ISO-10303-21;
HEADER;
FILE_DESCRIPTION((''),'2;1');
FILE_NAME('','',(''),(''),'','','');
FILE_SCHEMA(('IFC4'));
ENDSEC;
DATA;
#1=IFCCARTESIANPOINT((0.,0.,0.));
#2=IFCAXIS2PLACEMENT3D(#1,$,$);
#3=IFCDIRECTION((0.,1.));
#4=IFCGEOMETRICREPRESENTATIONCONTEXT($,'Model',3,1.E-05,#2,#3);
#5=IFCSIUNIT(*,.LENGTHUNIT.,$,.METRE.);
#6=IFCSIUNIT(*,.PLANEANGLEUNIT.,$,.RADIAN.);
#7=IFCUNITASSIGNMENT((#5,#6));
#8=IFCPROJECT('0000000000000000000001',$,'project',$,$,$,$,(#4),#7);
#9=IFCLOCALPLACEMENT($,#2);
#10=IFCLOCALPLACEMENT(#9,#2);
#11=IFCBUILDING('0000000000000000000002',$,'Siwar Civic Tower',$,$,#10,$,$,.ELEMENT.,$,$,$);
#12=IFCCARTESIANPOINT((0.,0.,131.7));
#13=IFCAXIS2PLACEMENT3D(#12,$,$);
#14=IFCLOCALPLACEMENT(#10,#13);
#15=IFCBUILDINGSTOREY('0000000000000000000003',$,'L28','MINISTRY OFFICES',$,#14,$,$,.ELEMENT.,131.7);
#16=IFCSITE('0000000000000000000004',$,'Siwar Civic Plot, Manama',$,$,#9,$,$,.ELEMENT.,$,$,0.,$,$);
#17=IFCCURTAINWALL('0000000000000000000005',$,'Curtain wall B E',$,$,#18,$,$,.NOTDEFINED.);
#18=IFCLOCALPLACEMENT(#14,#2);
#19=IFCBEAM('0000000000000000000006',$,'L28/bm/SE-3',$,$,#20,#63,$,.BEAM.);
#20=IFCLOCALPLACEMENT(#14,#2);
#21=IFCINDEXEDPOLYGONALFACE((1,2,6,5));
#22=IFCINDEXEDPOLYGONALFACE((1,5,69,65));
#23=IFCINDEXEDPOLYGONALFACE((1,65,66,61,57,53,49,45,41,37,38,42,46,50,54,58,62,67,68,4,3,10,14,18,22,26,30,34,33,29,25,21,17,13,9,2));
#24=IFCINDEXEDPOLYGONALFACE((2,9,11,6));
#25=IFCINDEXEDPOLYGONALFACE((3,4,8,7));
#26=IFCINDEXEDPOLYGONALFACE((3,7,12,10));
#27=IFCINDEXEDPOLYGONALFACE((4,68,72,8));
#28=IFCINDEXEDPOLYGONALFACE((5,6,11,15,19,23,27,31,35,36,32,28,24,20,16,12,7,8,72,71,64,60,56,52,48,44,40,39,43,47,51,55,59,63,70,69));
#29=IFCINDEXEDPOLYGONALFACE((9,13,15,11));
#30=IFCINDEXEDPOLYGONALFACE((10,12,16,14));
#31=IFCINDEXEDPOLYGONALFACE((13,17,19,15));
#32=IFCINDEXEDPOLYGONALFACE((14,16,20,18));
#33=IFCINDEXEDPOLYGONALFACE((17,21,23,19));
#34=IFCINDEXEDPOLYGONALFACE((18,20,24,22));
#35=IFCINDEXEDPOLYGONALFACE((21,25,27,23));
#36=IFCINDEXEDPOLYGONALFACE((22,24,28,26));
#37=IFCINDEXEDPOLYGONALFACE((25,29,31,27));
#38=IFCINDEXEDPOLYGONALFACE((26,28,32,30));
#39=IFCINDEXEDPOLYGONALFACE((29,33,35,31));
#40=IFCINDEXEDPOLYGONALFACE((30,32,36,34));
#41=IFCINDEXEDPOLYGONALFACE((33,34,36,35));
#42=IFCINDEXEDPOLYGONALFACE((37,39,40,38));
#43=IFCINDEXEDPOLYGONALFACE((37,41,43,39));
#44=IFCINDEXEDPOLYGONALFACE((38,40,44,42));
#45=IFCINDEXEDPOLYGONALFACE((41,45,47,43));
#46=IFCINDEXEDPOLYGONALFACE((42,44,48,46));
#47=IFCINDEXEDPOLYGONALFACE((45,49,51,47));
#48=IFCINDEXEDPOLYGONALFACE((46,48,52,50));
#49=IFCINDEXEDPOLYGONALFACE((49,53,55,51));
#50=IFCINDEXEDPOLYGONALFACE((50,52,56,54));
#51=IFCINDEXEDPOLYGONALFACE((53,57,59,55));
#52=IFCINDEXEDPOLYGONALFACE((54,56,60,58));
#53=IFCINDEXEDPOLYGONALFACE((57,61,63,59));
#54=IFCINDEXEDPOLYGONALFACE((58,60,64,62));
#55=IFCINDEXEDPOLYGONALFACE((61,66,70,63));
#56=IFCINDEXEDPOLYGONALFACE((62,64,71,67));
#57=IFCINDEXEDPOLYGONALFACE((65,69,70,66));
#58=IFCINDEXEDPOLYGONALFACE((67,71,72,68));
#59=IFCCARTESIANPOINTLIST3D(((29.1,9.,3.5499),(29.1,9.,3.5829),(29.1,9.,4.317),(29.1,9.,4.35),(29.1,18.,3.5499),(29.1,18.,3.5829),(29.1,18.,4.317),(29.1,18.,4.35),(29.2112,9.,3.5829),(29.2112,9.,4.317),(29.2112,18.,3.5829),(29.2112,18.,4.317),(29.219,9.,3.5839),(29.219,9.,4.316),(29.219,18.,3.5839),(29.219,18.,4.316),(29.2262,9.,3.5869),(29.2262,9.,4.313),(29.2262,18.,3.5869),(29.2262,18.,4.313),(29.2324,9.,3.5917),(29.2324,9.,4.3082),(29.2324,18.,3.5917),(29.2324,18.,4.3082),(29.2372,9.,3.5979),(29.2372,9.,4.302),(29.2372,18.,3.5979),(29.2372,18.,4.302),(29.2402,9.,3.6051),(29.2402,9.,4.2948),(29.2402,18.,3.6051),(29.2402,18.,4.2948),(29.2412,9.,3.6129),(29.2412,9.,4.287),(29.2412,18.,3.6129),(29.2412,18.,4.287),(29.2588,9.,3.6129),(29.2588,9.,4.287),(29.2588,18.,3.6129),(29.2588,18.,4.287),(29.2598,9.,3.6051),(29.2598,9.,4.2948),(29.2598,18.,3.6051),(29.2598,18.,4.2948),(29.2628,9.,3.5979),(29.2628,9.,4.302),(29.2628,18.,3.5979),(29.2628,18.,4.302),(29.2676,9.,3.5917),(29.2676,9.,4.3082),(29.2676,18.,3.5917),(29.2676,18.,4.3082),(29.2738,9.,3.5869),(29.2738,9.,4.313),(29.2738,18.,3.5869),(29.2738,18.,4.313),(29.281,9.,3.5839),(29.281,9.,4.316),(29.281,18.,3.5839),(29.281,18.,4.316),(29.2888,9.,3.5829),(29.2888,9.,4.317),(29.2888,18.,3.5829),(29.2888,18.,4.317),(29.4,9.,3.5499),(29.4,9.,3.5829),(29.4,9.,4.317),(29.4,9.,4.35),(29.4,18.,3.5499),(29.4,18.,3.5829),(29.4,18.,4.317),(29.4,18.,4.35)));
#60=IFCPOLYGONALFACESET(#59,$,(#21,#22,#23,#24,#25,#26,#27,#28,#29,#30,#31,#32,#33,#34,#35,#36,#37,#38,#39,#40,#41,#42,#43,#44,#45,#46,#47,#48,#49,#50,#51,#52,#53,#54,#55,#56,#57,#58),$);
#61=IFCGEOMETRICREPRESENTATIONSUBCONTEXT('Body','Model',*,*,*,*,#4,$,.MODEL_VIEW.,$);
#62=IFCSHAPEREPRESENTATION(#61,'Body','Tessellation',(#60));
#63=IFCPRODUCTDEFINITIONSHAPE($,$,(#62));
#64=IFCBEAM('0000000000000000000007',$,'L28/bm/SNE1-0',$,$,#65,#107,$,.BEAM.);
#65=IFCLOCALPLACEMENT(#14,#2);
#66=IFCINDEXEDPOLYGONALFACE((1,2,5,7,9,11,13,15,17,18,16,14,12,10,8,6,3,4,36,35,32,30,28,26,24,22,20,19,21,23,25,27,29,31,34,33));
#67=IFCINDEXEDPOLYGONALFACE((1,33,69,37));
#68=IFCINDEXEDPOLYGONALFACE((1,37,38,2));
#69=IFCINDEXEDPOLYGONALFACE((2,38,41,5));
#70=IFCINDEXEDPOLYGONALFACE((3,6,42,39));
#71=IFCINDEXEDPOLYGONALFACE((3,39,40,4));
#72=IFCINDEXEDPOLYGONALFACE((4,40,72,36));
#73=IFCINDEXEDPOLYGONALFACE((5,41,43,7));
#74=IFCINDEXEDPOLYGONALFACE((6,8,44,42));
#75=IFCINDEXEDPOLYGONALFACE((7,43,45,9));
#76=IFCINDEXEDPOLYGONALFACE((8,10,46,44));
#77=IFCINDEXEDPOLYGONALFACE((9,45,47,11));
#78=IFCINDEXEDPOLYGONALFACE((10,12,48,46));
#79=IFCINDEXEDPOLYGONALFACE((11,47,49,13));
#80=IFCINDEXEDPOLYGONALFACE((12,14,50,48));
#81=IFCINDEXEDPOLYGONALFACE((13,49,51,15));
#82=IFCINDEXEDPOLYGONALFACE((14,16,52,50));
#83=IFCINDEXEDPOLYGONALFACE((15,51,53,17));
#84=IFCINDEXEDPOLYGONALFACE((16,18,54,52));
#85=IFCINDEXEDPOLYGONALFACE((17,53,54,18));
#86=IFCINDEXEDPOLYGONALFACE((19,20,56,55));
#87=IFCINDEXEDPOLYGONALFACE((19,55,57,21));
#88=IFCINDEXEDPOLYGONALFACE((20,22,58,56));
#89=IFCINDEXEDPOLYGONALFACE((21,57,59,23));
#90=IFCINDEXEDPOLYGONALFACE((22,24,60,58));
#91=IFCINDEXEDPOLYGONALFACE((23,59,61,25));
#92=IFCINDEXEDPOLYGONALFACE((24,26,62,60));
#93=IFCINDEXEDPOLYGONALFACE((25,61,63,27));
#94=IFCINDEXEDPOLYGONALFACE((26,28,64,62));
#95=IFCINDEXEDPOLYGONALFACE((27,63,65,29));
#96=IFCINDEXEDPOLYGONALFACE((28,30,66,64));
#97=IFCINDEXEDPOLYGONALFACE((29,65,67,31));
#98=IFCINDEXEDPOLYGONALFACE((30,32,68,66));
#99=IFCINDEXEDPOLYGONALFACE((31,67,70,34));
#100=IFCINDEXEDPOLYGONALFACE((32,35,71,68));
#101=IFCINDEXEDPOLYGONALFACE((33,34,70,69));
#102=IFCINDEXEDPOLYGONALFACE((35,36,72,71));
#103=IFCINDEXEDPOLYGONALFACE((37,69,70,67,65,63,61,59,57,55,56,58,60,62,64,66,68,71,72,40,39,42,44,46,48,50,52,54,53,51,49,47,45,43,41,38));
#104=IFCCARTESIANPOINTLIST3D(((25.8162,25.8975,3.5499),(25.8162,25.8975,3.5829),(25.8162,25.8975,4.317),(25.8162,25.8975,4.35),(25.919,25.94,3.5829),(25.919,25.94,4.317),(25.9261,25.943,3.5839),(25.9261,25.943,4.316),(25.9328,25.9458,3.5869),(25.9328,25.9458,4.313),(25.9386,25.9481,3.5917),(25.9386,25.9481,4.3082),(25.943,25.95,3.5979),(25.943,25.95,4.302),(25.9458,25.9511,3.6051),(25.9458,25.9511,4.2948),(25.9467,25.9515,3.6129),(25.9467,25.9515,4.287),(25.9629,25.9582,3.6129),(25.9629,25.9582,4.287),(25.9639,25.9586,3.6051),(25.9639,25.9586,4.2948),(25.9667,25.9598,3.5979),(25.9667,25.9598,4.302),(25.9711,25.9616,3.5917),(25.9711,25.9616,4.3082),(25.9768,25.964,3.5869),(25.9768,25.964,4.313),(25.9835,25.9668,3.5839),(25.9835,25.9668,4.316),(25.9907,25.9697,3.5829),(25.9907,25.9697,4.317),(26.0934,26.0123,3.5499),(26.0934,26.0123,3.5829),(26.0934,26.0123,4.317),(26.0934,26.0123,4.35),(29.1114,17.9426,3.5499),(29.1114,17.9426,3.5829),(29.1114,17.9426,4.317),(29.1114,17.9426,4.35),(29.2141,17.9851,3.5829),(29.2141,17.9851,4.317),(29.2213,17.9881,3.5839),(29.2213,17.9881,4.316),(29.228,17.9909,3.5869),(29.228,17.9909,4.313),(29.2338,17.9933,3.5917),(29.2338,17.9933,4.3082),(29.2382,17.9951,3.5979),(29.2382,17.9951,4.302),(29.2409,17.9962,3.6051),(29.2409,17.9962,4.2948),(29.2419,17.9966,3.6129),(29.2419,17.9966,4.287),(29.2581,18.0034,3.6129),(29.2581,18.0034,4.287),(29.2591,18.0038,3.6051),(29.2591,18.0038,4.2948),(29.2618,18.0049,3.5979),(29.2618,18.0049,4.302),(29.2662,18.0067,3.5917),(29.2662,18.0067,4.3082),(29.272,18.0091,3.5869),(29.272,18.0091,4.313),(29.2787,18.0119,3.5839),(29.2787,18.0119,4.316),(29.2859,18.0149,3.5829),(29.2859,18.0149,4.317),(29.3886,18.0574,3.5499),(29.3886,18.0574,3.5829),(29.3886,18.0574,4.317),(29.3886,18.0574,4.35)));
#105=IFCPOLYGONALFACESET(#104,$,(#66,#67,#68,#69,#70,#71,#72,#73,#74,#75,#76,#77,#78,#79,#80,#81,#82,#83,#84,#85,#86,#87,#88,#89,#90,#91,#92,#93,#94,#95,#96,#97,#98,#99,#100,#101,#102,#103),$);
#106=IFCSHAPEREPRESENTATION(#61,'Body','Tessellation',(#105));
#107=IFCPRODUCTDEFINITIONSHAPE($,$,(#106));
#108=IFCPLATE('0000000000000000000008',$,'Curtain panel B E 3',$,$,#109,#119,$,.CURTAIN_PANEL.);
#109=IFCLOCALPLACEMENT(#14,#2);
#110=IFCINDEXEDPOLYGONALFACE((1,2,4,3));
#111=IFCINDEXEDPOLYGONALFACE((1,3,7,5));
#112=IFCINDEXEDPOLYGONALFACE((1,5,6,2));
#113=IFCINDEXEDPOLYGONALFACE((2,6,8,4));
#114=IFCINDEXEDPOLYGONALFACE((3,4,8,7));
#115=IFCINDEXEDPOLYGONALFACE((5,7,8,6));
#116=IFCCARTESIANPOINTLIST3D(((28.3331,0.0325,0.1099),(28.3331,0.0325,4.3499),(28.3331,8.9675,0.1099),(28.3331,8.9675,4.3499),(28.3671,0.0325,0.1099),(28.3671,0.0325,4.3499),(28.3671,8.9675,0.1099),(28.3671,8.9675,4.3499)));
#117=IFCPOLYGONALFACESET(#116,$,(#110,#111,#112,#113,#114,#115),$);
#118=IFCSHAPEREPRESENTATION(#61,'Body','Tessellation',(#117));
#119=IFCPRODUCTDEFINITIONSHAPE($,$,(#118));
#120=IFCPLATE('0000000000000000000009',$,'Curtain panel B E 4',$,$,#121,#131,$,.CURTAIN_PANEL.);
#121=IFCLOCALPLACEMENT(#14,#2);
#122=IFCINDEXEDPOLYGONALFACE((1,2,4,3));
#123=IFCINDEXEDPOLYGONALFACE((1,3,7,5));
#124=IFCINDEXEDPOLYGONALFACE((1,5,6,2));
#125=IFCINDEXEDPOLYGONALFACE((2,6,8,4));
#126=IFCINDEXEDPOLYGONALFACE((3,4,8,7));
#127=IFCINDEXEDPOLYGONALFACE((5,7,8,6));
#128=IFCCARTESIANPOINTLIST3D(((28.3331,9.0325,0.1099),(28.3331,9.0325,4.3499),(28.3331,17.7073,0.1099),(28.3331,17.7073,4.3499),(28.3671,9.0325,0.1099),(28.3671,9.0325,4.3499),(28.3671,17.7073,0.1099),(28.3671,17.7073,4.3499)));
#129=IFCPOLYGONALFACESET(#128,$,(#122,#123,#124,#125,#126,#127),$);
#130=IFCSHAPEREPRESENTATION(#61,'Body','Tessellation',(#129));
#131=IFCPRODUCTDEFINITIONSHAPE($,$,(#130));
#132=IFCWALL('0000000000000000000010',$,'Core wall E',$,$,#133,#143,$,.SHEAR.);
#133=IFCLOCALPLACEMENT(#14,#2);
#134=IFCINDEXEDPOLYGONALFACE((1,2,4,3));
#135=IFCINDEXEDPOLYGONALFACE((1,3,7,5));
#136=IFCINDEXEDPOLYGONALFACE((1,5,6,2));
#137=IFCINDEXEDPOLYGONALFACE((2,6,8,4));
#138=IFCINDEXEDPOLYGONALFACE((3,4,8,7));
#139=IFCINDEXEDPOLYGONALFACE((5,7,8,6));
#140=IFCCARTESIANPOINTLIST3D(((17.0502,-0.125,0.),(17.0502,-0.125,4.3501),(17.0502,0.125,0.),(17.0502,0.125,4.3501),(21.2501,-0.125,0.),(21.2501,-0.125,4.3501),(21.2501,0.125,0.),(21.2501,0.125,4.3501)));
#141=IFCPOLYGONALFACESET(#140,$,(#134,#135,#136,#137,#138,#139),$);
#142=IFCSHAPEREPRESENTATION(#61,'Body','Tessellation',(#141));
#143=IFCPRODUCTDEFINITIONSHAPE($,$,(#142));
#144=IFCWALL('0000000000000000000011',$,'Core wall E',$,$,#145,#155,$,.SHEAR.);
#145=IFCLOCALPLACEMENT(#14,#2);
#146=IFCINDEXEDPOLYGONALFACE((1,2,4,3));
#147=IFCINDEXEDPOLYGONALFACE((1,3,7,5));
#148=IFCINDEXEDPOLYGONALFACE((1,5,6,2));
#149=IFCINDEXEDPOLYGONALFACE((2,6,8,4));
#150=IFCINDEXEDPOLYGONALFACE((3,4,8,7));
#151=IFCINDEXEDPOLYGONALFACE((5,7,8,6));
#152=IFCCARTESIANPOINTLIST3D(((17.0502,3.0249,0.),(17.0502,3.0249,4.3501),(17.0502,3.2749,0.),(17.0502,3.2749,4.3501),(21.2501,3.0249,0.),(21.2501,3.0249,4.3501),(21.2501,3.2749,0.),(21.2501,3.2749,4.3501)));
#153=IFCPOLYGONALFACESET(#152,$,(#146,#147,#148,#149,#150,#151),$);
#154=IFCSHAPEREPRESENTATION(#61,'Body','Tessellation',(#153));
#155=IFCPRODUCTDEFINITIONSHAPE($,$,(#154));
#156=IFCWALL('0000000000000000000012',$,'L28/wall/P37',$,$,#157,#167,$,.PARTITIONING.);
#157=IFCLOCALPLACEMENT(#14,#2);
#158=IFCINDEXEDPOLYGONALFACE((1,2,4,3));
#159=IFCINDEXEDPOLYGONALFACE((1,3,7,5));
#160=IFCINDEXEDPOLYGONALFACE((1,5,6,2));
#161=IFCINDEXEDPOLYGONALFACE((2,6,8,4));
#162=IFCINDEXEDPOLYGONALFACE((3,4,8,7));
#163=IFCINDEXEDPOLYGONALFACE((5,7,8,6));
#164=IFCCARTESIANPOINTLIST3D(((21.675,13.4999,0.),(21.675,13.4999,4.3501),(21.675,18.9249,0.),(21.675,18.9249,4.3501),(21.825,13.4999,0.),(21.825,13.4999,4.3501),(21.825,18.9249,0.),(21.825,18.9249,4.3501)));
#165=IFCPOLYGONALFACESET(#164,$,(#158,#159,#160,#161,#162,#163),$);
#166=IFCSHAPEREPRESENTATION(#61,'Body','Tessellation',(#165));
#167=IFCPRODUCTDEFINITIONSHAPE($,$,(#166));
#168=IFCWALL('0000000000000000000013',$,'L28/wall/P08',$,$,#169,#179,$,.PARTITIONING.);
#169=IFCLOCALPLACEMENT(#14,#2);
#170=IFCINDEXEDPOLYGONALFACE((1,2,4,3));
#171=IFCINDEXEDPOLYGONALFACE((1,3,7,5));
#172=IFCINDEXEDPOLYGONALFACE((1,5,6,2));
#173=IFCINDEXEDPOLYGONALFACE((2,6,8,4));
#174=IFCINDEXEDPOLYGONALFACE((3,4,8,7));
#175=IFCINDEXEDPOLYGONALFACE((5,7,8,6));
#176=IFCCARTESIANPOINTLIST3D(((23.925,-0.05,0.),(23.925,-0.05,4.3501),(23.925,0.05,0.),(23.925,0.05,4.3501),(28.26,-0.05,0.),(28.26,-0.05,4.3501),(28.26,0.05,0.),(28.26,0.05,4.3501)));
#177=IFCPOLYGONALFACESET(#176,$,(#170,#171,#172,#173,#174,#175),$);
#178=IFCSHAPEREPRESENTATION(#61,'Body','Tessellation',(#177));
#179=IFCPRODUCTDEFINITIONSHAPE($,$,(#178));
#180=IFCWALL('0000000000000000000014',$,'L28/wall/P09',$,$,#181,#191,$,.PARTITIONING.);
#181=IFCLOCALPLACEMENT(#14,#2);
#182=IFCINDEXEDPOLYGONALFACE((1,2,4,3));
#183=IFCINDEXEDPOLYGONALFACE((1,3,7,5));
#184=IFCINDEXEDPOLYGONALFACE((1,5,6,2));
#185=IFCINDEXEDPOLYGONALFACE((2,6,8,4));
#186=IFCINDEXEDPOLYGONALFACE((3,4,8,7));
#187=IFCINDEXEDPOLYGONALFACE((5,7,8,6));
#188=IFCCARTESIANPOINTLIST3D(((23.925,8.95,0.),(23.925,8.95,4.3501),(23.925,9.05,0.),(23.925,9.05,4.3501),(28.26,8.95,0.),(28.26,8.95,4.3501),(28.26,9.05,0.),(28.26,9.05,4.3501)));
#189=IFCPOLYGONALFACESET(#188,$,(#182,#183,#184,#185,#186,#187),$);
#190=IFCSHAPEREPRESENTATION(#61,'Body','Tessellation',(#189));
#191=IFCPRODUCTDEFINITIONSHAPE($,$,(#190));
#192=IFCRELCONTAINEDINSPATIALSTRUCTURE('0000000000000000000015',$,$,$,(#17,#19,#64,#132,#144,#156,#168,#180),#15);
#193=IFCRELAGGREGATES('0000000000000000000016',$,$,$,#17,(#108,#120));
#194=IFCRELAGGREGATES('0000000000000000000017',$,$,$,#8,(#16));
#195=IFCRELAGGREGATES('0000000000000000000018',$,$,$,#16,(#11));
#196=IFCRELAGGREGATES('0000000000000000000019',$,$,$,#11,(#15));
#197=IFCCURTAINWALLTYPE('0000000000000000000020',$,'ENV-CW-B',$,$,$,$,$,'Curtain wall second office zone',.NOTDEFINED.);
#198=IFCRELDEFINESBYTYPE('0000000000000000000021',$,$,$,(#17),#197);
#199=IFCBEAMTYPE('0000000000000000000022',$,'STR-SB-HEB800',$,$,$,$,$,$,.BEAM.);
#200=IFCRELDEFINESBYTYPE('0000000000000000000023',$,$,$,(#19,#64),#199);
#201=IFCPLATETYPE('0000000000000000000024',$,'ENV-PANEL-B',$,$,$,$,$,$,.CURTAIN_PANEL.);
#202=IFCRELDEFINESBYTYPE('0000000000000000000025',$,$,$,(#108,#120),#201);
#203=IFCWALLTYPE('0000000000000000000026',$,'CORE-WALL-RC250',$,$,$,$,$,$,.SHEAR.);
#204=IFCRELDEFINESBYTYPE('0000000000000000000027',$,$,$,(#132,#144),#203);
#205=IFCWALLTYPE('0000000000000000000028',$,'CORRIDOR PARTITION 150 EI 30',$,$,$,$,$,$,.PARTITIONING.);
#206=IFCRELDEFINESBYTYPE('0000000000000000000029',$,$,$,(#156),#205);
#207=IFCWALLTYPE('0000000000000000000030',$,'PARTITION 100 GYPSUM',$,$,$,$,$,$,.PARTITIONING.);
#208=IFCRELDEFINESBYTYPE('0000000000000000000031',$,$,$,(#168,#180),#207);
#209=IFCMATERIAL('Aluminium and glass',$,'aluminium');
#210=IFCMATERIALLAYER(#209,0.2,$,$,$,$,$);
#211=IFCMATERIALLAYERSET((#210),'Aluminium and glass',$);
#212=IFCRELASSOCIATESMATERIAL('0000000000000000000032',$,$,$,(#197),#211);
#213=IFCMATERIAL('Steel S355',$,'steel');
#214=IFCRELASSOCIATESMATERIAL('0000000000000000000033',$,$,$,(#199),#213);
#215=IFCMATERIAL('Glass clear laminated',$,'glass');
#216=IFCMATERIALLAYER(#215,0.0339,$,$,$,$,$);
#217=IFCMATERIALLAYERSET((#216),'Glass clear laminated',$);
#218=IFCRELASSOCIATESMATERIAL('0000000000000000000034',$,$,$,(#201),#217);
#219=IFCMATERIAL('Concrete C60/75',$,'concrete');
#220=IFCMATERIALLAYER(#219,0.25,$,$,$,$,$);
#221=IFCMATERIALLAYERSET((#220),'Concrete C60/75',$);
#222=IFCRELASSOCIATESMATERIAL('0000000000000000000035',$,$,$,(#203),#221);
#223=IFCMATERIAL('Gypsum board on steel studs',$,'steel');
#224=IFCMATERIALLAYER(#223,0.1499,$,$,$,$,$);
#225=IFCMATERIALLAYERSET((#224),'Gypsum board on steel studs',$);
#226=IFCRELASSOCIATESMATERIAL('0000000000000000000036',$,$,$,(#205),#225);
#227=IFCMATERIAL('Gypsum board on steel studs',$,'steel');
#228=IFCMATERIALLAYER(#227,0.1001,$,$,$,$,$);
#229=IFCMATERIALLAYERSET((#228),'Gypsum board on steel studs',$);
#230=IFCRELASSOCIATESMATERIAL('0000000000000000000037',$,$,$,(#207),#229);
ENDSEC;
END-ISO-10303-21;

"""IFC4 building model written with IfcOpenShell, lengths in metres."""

from ifc_helpers import new_model, si_unit, direction, frame, frame_2d, origin, origin_2d, place, context, subcontext, project, spatial, rectangle, i_section, extrude, material, layer, layer_set, material_profile, profile_set, type_object, element, aggregate, save


model = new_model("IFC4")

# Units and contexts
model_context = context("Model", 3, precision=1e-05, world=origin(), true_north=direction((0.0, 1.0)))
body_context = subcontext(model_context, "Body", "Model", "MODEL_VIEW")
ifc_project = project(units=[si_unit("LENGTHUNIT", "METRE"), si_unit("PLANEANGLEUNIT", "RADIAN")], contexts=[model_context])

# Site, building, storey
site_placement = place(None, origin())
site = spatial("IfcSite", under=ifc_project, at=site_placement, Name="Siwar Civic Plot, Manama", CompositionType="ELEMENT", RefElevation=0.0)
building_placement = place(site_placement, origin())
building = spatial("IfcBuilding", under=site, at=building_placement, Name="Siwar Civic Tower", CompositionType="ELEMENT")
storey_placement = place(building_placement, frame((0.0, 0.0, 131.7)))
storey = spatial("IfcBuildingStorey", under=building, at=storey_placement, Name="L28", Description="MINISTRY OFFICES", CompositionType="ELEMENT", Elevation=131.7)

# Curtain wall
ifc_material_1 = material(Name="Aluminium and glass", Category="aluminium")
ifc_layer_1 = layer(ifc_material_1, 0.2)
ifc_layer_set_1 = layer_set([ifc_layer_1], Name="Aluminium and glass")
curtain_wall_type_1 = type_object("IfcCurtainWallType", Name="ENV-CW-B", ElementType="Curtain wall second office zone", PredefinedType="NOTDEFINED", material=ifc_layer_set_1)
curtain_wall_1_placement = place(storey_placement, origin())
curtain_wall_1 = element("IfcCurtainWall", 1, at=curtain_wall_1_placement, inside=storey, type_object=curtain_wall_type_1, Name="Curtain wall B E", PredefinedType="NOTDEFINED")

# Beams
ifc_material_2 = material(Name="Steel S355", Category="steel")
ifc_material_profile_1 = material_profile(ifc_material_2, i_section(OverallWidth=0.3, OverallDepth=0.8, WebThickness=0.0176, FlangeThickness=0.033, FilletRadius=0.03, at=origin_2d()), Name="HEB800")
ifc_profile_set_1 = profile_set([ifc_material_profile_1], Name="Steel S355")
beam_type_1 = type_object("IfcBeamType", Name="STR-SB-HEB800", PredefinedType="BEAM", material=ifc_profile_set_1)
beam_1_placement = place(storey_placement, frame((29.25, 9.0, 3.95), z_axis=(0.0, 1.0, 0.0), x_axis=(-1.0, 0.0, 0.0)))
element("IfcBeam", 2, at=beam_1_placement, inside=storey, type_object=beam_type_1, Name="L28/bm/SE-3", PredefinedType="BEAM", context=body_context, shape_type="SweptSolid", body=[
    extrude(i_section(OverallWidth=0.3, OverallDepth=0.8, WebThickness=0.0176, FlangeThickness=0.033, FilletRadius=0.03, at=origin_2d()), origin(), (0.0, 0.0, 1.0), 9.0),
])
beam_2_placement = place(storey_placement, frame((29.25, 18.0, 3.95), z_axis=(-0.3827, 0.923873, 0.0), x_axis=(-0.923873, -0.3827, 0.0)))
element("IfcBeam", 3, at=beam_2_placement, inside=storey, type_object=beam_type_1, Name="L28/bm/SNE1-0", PredefinedType="BEAM", context=body_context, shape_type="SweptSolid", body=[
    extrude(i_section(OverallWidth=0.3, OverallDepth=0.8, WebThickness=0.0176, FlangeThickness=0.033, FilletRadius=0.03, at=origin_2d()), origin(), (0.0, 0.0, 1.0), 8.6104),
])

# Plates
ifc_material_3 = material(Name="Glass clear laminated", Category="glass")
ifc_layer_2 = layer(ifc_material_3, 0.0339)
ifc_layer_set_2 = layer_set([ifc_layer_2], Name="Glass clear laminated")
plate_type = type_object("IfcPlateType", Name="ENV-PANEL-B", PredefinedType="CURTAIN_PANEL", material=ifc_layer_set_2)
plate_1_placement = place(storey_placement, frame((28.3501, 4.5, 0.1099), z_axis=(0.0, 0.0, 1.0), x_axis=(0.0, 1.0, 0.0)))
plate_1 = element("IfcPlate", 4, at=plate_1_placement, type_object=plate_type, Name="Curtain panel B E 3", PredefinedType="CURTAIN_PANEL", context=body_context, shape_type="SweptSolid", body=[
    extrude(rectangle(XDim=8.9351, YDim=0.0339, at=origin_2d()), origin(), (0.0, 0.0, 1.0), 4.24),
])
plate_2_placement = place(storey_placement, frame((28.3501, 13.3699, 0.1099), z_axis=(0.0, 0.0, 1.0), x_axis=(0.0, 1.0, 0.0)))
plate_2 = element("IfcPlate", 5, at=plate_2_placement, type_object=plate_type, Name="Curtain panel B E 4", PredefinedType="CURTAIN_PANEL", context=body_context, shape_type="SweptSolid", body=[
    extrude(rectangle(XDim=8.6748, YDim=0.0339, at=origin_2d()), origin(), (0.0, 0.0, 1.0), 4.24),
])
aggregate(curtain_wall_1, [plate_1, plate_2])

# Walls
ifc_material_4 = material(Name="Concrete C60/75", Category="concrete")
ifc_layer_3 = layer(ifc_material_4, 0.25)
ifc_layer_set_3 = layer_set([ifc_layer_3], Name="Concrete C60/75")
wall_type_1 = type_object("IfcWallType", Name="CORE-WALL-RC250", PredefinedType="SHEAR", material=ifc_layer_set_3)
for number, where, z_axis, x_axis, name in (
    (6, (17.05, 0.0, 0.0), (0.0, 0.0, 1.0), (1.0, 0.0, 0.0), "Core wall E"),
    (7, (17.05, 3.1499, 0.0), (0.0, 0.0, 1.0), (1.0, 0.0, 0.0), "Core wall E"),
):
    element("IfcWall", number, at=place(storey_placement, frame(where, z_axis=z_axis, x_axis=x_axis)), inside=storey, type_object=wall_type_1, Name=name, PredefinedType="SHEAR", context=body_context, shape_type="SweptSolid", body=[
        extrude(rectangle(XDim=4.2, YDim=0.25, at=frame_2d((2.1001, 0.0))), origin(), (0.0, 0.0, 1.0), 4.3501),
    ])
ifc_material_5 = material(Name="Gypsum board on steel studs", Category="steel")
ifc_layer_4 = layer(ifc_material_5, 0.1499)
ifc_layer_set_4 = layer_set([ifc_layer_4], Name="Gypsum board on steel studs")
wall_type_2 = type_object("IfcWallType", Name="CORRIDOR PARTITION 150 EI 30", PredefinedType="PARTITIONING", material=ifc_layer_set_4)
wall_placement = place(storey_placement, frame((21.75, 13.5, 0.0), z_axis=(0.0, 0.0, 1.0), x_axis=(0.0, 1.0, 0.0)))
element("IfcWall", 8, at=wall_placement, inside=storey, type_object=wall_type_2, Name="L28/wall/P37", PredefinedType="PARTITIONING", context=body_context, shape_type="SweptSolid", body=[
    extrude(rectangle(XDim=5.425, YDim=0.1499, at=frame_2d((2.7124, 0.0))), origin(), (0.0, 0.0, 1.0), 4.3501),
])
ifc_material_6 = material(Name="Gypsum board on steel studs", Category="steel")
ifc_layer_5 = layer(ifc_material_6, 0.1001)
ifc_layer_set_5 = layer_set([ifc_layer_5], Name="Gypsum board on steel studs")
wall_type_3 = type_object("IfcWallType", Name="PARTITION 100 GYPSUM", PredefinedType="PARTITIONING", material=ifc_layer_set_5)
for number, where, z_axis, x_axis, name in (
    (9, (23.925, 0.0, 0.0), (0.0, 0.0, 1.0), (1.0, 0.0, 0.0), "L28/wall/P08"),
    (10, (23.925, 9.0, 0.0), (0.0, 0.0, 1.0), (1.0, 0.0, 0.0), "L28/wall/P09"),
):
    element("IfcWall", number, at=place(storey_placement, frame(where, z_axis=z_axis, x_axis=x_axis)), inside=storey, type_object=wall_type_3, Name=name, PredefinedType="PARTITIONING", context=body_context, shape_type="SweptSolid", body=[
        extrude(rectangle(XDim=4.335, YDim=0.1001, at=frame_2d((2.1675, 0.0))), origin(), (0.0, 0.0, 1.0), 4.3501),
    ])

save(model, "model.ifc")
